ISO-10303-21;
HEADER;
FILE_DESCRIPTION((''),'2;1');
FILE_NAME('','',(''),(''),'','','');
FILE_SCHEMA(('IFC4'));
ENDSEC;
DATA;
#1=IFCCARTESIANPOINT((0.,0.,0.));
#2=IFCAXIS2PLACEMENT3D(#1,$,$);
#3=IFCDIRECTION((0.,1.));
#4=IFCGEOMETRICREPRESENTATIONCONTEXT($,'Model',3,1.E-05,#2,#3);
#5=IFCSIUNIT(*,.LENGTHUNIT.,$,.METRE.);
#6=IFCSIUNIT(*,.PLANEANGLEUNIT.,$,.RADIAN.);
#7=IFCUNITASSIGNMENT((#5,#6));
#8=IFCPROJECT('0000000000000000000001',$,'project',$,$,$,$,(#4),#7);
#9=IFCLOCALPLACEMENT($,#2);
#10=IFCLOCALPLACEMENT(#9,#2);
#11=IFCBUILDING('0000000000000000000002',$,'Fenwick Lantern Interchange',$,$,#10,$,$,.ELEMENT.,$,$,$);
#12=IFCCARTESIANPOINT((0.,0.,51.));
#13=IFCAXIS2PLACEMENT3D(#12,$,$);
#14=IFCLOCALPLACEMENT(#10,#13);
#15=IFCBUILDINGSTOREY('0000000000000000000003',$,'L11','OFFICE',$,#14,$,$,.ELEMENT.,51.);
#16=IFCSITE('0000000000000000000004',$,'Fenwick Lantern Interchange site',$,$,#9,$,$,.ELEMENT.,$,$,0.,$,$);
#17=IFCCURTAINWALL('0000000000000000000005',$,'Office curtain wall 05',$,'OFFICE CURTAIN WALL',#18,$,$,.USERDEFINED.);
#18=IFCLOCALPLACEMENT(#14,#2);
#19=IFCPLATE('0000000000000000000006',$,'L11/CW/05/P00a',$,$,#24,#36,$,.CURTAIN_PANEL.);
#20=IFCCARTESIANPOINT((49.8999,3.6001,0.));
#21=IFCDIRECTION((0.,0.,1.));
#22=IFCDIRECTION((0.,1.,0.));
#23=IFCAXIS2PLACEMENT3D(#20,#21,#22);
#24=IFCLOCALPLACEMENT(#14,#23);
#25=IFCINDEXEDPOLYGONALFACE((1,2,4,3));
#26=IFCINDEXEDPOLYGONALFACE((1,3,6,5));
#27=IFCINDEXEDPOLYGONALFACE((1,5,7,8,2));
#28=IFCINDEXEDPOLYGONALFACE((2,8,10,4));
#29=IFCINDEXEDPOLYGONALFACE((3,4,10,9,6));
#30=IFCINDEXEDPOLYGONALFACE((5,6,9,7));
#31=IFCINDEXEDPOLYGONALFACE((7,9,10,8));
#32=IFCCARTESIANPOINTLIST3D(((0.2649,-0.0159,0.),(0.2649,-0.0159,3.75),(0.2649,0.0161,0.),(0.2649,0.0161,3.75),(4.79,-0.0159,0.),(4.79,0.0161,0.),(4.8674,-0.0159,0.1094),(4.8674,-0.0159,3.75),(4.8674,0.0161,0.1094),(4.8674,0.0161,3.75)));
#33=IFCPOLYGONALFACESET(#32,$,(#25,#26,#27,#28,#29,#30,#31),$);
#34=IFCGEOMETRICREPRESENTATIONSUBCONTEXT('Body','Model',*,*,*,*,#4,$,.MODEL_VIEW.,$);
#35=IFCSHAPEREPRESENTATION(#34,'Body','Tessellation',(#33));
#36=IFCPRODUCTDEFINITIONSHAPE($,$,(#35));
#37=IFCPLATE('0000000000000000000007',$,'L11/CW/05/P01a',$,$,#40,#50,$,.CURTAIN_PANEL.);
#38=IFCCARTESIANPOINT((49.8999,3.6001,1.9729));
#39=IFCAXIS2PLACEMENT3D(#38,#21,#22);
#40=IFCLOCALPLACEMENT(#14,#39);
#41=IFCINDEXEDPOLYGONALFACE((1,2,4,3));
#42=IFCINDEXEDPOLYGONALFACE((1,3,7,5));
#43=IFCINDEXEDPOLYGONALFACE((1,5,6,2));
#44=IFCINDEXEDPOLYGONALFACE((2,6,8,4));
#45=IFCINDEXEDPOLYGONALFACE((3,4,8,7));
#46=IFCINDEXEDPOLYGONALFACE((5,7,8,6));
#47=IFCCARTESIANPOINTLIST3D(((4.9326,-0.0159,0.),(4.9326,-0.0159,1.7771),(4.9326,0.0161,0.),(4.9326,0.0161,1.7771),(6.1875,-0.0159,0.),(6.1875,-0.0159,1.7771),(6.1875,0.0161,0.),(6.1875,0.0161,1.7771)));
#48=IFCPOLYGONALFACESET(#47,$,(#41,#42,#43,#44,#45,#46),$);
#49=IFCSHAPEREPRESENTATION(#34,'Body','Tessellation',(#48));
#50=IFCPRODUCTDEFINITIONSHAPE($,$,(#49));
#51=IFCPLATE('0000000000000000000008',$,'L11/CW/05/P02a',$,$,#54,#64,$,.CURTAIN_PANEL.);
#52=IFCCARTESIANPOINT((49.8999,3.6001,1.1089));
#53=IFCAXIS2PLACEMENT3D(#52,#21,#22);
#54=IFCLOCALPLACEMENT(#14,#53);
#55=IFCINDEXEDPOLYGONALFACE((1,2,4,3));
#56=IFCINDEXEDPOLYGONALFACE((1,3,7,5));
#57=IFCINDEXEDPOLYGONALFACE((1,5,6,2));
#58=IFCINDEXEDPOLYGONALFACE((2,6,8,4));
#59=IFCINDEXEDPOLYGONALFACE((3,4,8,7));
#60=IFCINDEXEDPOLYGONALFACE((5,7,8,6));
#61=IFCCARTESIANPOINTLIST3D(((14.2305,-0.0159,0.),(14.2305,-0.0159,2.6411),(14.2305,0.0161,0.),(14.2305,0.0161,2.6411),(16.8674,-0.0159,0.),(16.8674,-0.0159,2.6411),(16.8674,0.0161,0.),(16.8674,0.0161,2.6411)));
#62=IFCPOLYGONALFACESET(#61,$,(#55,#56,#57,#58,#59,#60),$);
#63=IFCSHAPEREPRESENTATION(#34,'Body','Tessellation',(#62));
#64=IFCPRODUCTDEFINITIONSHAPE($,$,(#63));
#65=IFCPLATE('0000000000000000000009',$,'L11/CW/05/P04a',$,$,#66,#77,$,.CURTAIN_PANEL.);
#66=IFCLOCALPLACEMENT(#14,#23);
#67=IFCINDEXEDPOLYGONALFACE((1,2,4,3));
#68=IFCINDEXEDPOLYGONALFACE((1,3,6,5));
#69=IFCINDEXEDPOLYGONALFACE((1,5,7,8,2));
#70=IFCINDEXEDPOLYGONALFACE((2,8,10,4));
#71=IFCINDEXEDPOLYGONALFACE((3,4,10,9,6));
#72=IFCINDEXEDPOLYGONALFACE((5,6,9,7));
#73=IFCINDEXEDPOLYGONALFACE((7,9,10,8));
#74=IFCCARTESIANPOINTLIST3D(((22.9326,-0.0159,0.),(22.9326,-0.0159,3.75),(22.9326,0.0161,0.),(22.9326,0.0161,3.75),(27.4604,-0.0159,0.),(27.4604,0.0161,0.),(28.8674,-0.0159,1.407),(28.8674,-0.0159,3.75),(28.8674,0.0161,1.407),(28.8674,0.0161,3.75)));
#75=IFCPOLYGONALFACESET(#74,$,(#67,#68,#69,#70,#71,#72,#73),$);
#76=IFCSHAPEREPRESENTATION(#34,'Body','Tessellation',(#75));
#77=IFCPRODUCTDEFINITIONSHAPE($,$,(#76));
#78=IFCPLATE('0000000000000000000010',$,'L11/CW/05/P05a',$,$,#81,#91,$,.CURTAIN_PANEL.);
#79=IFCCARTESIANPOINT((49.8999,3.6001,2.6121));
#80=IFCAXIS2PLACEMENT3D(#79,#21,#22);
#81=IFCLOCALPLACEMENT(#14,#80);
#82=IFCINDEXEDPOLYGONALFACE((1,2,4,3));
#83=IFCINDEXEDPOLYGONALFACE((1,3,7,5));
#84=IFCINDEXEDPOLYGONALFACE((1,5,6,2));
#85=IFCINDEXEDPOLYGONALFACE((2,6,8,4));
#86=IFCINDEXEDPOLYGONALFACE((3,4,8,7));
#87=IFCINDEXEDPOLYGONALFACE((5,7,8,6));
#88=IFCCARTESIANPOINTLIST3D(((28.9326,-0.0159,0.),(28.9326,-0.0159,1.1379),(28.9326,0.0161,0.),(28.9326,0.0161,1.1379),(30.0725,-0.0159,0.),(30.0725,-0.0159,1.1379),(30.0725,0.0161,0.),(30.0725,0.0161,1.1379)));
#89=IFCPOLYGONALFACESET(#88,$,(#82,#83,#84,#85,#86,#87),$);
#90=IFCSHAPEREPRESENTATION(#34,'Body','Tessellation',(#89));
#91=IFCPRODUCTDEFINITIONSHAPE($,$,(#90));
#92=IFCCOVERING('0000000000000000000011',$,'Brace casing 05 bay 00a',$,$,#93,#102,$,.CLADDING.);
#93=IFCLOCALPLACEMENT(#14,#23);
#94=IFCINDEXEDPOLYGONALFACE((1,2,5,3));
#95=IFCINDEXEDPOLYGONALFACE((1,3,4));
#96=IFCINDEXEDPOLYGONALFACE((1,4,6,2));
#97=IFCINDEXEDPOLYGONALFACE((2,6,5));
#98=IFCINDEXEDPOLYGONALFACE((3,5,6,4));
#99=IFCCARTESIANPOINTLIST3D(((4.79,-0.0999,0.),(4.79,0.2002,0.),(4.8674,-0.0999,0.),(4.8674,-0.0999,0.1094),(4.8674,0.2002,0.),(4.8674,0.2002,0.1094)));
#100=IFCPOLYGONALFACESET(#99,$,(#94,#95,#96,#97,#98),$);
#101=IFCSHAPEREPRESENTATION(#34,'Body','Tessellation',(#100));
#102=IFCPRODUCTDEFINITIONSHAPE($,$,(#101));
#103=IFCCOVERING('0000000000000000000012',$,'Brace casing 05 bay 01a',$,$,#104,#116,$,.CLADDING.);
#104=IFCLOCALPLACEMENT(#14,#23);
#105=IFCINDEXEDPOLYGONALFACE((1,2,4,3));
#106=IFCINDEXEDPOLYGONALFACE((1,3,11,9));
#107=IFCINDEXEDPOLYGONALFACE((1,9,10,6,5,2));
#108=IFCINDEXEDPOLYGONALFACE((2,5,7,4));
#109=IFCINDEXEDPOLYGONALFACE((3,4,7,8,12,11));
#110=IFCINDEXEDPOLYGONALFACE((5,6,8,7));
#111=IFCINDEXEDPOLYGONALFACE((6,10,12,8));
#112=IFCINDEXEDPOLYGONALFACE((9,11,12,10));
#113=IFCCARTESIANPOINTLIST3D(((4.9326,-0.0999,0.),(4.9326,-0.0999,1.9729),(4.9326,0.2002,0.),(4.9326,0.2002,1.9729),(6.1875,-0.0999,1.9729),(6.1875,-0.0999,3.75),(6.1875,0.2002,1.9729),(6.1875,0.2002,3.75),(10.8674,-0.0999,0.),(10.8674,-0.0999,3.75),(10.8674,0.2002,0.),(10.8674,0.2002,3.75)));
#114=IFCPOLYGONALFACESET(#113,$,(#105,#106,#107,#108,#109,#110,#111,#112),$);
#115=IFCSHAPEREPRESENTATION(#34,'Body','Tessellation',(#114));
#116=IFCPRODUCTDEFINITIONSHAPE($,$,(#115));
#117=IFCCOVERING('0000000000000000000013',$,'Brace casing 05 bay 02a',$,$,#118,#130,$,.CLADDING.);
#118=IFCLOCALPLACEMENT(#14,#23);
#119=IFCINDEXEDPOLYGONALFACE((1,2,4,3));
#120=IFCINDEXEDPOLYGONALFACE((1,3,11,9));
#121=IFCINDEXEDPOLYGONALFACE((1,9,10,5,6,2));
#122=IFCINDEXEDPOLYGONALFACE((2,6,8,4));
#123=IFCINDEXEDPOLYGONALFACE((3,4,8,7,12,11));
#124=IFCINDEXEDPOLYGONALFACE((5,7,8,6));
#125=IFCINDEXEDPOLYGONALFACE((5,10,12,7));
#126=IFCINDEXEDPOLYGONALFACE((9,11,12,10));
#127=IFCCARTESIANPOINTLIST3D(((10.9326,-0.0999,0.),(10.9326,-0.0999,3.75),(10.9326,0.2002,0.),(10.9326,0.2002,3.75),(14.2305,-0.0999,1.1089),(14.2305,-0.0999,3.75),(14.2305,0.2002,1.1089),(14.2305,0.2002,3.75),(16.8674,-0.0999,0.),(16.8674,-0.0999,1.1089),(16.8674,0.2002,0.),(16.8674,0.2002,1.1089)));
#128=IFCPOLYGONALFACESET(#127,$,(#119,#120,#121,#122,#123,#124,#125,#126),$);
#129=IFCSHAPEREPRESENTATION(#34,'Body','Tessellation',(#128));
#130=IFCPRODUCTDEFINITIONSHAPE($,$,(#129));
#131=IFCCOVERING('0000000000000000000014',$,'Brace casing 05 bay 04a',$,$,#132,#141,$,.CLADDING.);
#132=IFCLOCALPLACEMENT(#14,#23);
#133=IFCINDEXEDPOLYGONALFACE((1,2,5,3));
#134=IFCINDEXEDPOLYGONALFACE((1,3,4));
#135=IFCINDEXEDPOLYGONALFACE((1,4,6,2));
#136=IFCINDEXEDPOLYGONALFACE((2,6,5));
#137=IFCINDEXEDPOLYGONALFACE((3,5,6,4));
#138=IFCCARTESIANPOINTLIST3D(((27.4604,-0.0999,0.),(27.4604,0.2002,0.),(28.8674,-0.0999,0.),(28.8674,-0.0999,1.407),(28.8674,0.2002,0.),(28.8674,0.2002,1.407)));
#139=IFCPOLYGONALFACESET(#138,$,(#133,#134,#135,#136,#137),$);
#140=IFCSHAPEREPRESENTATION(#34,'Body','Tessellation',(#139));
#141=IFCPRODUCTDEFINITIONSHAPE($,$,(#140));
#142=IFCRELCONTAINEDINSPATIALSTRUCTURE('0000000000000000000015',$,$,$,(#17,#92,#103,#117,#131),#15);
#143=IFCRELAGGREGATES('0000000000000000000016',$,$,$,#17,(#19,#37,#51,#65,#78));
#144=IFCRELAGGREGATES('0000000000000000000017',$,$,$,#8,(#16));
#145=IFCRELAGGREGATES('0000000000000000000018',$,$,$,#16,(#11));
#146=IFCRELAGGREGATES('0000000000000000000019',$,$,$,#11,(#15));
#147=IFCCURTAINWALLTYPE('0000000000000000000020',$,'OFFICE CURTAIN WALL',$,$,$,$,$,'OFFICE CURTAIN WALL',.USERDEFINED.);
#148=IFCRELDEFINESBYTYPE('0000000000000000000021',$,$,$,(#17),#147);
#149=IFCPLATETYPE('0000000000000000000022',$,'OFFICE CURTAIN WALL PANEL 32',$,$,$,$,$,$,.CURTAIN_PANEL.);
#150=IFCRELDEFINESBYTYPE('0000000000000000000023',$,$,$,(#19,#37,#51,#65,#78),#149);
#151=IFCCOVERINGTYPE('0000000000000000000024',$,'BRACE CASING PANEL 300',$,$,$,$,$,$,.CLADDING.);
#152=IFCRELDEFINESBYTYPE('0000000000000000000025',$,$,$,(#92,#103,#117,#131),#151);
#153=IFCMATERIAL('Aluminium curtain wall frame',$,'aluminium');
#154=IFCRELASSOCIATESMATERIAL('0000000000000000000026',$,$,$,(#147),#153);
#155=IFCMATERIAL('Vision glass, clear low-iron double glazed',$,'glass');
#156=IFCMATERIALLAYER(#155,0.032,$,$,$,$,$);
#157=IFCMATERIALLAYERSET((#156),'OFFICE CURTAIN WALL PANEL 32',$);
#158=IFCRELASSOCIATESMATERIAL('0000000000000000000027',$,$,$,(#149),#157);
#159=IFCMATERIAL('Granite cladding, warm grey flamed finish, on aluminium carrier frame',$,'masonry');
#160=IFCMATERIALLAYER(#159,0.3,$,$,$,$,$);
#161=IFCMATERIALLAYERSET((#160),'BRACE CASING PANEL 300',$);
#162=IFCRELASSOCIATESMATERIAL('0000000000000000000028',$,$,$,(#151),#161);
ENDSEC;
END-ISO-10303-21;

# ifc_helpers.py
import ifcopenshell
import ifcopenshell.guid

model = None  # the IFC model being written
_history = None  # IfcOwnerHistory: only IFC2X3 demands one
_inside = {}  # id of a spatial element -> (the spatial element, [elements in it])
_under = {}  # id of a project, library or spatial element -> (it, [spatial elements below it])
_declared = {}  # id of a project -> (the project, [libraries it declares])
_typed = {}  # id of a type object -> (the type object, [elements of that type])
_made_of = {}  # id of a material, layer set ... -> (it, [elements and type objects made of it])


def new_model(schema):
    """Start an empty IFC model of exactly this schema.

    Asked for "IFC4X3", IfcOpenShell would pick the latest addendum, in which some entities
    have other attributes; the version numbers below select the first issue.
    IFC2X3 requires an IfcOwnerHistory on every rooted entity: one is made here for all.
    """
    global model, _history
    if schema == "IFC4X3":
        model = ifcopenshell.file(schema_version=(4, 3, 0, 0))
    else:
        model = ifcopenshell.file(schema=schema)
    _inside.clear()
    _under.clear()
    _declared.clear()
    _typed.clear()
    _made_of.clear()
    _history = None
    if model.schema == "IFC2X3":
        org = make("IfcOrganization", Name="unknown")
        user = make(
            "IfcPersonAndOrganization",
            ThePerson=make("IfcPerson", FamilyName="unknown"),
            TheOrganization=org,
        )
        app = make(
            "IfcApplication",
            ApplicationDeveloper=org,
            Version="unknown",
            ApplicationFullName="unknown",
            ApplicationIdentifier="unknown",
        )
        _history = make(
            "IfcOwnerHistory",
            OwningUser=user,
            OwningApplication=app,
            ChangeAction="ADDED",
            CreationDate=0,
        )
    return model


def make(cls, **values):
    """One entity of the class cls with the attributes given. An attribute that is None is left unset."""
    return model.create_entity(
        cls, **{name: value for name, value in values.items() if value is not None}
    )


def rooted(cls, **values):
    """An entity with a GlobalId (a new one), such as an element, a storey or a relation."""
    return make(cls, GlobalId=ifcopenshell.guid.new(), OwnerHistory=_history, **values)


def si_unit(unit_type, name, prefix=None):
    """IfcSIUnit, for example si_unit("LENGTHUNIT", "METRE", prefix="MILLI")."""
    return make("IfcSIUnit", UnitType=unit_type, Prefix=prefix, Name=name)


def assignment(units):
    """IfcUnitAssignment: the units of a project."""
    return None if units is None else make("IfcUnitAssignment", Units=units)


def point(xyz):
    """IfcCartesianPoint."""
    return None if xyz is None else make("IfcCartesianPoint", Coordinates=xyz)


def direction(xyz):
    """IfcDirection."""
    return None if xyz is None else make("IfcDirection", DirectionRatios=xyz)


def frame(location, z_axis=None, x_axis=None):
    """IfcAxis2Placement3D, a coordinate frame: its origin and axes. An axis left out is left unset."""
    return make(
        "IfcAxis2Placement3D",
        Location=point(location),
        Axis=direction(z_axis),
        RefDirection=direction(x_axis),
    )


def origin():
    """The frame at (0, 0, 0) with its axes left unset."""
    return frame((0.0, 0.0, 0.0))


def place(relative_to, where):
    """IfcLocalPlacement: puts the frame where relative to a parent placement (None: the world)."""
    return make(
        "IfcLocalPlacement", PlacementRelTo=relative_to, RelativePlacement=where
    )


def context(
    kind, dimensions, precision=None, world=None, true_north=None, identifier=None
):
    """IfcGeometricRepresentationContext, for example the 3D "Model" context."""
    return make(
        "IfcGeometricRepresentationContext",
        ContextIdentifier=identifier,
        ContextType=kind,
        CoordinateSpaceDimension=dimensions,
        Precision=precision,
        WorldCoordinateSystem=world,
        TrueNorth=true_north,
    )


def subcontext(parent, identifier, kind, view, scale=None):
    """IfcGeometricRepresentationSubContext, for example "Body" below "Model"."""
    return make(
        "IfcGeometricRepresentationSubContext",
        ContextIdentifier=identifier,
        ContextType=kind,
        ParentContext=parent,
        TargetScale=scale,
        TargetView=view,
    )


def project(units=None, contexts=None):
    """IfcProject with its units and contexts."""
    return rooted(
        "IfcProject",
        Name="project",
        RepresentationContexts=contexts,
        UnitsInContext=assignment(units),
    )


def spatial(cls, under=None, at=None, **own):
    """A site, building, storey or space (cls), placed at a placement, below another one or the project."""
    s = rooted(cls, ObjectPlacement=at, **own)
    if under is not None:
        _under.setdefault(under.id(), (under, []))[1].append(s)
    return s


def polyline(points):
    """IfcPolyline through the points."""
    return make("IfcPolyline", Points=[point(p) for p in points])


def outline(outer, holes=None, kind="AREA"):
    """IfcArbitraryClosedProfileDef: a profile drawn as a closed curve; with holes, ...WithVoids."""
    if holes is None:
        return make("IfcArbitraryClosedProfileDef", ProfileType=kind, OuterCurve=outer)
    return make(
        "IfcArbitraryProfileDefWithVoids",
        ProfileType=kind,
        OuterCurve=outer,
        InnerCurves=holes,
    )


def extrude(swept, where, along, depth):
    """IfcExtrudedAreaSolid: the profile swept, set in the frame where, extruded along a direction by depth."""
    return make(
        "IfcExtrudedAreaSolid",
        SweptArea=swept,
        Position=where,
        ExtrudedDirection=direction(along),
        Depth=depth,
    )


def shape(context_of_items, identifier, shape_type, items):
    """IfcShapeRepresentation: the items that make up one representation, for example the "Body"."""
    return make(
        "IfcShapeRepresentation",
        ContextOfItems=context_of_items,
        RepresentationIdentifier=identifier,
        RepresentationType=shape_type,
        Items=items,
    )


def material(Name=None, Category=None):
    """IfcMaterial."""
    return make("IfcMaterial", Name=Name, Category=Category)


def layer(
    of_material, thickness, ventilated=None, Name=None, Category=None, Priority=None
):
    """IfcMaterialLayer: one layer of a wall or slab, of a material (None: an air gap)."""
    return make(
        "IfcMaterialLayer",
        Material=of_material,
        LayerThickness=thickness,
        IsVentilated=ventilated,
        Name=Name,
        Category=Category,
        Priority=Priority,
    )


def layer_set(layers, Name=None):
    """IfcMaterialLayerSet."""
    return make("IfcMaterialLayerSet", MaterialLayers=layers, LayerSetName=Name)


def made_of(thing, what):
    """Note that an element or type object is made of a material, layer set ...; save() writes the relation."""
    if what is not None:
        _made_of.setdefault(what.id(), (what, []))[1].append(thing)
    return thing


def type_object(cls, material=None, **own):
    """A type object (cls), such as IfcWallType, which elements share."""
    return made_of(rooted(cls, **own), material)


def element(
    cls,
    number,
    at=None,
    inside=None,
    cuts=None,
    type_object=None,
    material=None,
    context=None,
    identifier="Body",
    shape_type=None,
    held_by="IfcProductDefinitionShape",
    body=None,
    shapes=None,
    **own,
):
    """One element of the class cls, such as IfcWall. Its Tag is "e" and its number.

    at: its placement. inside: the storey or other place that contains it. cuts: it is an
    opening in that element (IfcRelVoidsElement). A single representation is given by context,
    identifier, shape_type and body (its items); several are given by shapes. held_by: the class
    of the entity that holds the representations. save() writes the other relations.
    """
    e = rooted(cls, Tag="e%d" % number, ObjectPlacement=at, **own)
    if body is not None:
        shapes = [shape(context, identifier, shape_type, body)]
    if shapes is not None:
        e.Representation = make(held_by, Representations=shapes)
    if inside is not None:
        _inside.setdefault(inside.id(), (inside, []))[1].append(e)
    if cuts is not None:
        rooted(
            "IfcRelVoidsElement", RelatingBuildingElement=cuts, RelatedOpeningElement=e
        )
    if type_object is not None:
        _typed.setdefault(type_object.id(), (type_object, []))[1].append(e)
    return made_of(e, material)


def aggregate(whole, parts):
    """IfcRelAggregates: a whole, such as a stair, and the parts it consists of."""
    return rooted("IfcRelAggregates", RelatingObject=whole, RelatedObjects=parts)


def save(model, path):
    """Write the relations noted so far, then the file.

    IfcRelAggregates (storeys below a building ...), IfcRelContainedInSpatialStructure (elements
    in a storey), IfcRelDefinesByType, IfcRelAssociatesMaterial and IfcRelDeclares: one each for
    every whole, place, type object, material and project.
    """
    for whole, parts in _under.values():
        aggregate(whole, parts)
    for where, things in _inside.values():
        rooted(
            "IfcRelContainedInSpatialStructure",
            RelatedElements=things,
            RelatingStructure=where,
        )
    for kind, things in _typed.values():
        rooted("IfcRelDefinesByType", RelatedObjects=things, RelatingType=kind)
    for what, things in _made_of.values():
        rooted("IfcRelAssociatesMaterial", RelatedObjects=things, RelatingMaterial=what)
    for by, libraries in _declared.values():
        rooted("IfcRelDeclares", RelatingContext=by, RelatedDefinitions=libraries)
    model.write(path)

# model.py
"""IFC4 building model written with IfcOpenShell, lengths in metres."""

from ifc_helpers import new_model, si_unit, direction, frame, origin, place, context, subcontext, project, spatial, polyline, outline, extrude, material, layer, layer_set, type_object, element, aggregate, save


model = new_model("IFC4")

# Units and contexts
model_context = context("Model", 3, precision=1e-05, world=origin(), true_north=direction((0.0, 1.0)))
body_context = subcontext(model_context, "Body", "Model", "MODEL_VIEW")
ifc_project = project(units=[si_unit("LENGTHUNIT", "METRE"), si_unit("PLANEANGLEUNIT", "RADIAN")], contexts=[model_context])

# Site, building, storey
site_placement = place(None, origin())
site = spatial("IfcSite", under=ifc_project, at=site_placement, Name="Fenwick Lantern Interchange site", CompositionType="ELEMENT", RefElevation=0.0)
building_placement = place(site_placement, origin())
building = spatial("IfcBuilding", under=site, at=building_placement, Name="Fenwick Lantern Interchange", CompositionType="ELEMENT")
storey_placement = place(building_placement, frame((0.0, 0.0, 51.0)))
storey = spatial("IfcBuildingStorey", under=building, at=storey_placement, Name="L11", Description="OFFICE", CompositionType="ELEMENT", Elevation=51.0)

# Shared definitions
ifc_material_1 = material(Name="Aluminium curtain wall frame", Category="aluminium")
curtain_wall_type = type_object("IfcCurtainWallType", Name="OFFICE CURTAIN WALL", ElementType="OFFICE CURTAIN WALL", PredefinedType="USERDEFINED", material=ifc_material_1)

# Shared definitions
ifc_material_2 = material(Name="Vision glass, clear low-iron double glazed", Category="glass")
ifc_layer_1 = layer(ifc_material_2, 0.032)
ifc_layer_set_1 = layer_set([ifc_layer_1], Name="OFFICE CURTAIN WALL PANEL 32")
plate_type = type_object("IfcPlateType", Name="OFFICE CURTAIN WALL PANEL 32", PredefinedType="CURTAIN_PANEL", material=ifc_layer_set_1)

# Curtain wall, plates
curtain_wall_1_placement = place(storey_placement, origin())
curtain_wall_1 = element("IfcCurtainWall", 1, at=curtain_wall_1_placement, inside=storey, type_object=curtain_wall_type, Name="Office curtain wall 05", ObjectType="OFFICE CURTAIN WALL", PredefinedType="USERDEFINED")
plate_1_placement = place(storey_placement, frame((49.8999, 3.6001, 0.0), z_axis=(0.0, 0.0, 1.0), x_axis=(0.0, 1.0, 0.0)))
plate_1 = element("IfcPlate", 2, at=plate_1_placement, type_object=plate_type, Name="L11/CW/05/P00a", PredefinedType="CURTAIN_PANEL", context=body_context, shape_type="SweptSolid", body=[
    extrude(outline(polyline([(0.2649, 0.0), (4.79, 0.0), (4.8674, 0.1094), (4.8674, 3.75), (0.2649, 3.75), (0.2649, 0.0)])), frame((0.0, 0.0161, 0.0), z_axis=(0.0, -1.0, 0.0), x_axis=(1.0, 0.0, 0.0)), (0.0, 0.0, 1.0), 0.032),
])
plate_2_placement = place(storey_placement, frame((49.8999, 3.6001, 1.9729), z_axis=(0.0, 0.0, 1.0), x_axis=(0.0, 1.0, 0.0)))
plate_2 = element("IfcPlate", 3, at=plate_2_placement, type_object=plate_type, Name="L11/CW/05/P01a", PredefinedType="CURTAIN_PANEL", context=body_context, shape_type="SweptSolid", body=[
    extrude(outline(polyline([(4.9326, 0.0), (6.1875, 0.0), (6.1875, 1.7771), (4.9326, 1.7771), (4.9326, 0.0)])), frame((0.0, 0.0161, 0.0), z_axis=(0.0, -1.0, 0.0), x_axis=(1.0, 0.0, 0.0)), (0.0, 0.0, 1.0), 0.032),
])
plate_3_placement = place(storey_placement, frame((49.8999, 3.6001, 1.1089), z_axis=(0.0, 0.0, 1.0), x_axis=(0.0, 1.0, 0.0)))
plate_3 = element("IfcPlate", 4, at=plate_3_placement, type_object=plate_type, Name="L11/CW/05/P02a", PredefinedType="CURTAIN_PANEL", context=body_context, shape_type="SweptSolid", body=[
    extrude(outline(polyline([(14.2305, 0.0), (16.8674, 0.0), (16.8674, 2.6411), (14.2305, 2.6411), (14.2305, 0.0)])), frame((0.0, 0.0161, 0.0), z_axis=(0.0, -1.0, 0.0), x_axis=(1.0, 0.0, 0.0)), (0.0, 0.0, 1.0), 0.032),
])
plate_4_placement = place(storey_placement, frame((49.8999, 3.6001, 0.0), z_axis=(0.0, 0.0, 1.0), x_axis=(0.0, 1.0, 0.0)))
plate_4 = element("IfcPlate", 5, at=plate_4_placement, type_object=plate_type, Name="L11/CW/05/P04a", PredefinedType="CURTAIN_PANEL", context=body_context, shape_type="SweptSolid", body=[
    extrude(outline(polyline([(22.9326, 0.0), (27.4604, 0.0), (28.8674, 1.407), (28.8674, 3.75), (22.9326, 3.75), (22.9326, 0.0)])), frame((0.0, 0.0161, 0.0), z_axis=(0.0, -1.0, 0.0), x_axis=(1.0, 0.0, 0.0)), (0.0, 0.0, 1.0), 0.032),
])
plate_5_placement = place(storey_placement, frame((49.8999, 3.6001, 2.6121), z_axis=(0.0, 0.0, 1.0), x_axis=(0.0, 1.0, 0.0)))
plate_5 = element("IfcPlate", 6, at=plate_5_placement, type_object=plate_type, Name="L11/CW/05/P05a", PredefinedType="CURTAIN_PANEL", context=body_context, shape_type="SweptSolid", body=[
    extrude(outline(polyline([(28.9326, 0.0), (30.0725, 0.0), (30.0725, 1.1379), (28.9326, 1.1379), (28.9326, 0.0)])), frame((0.0, 0.0161, 0.0), z_axis=(0.0, -1.0, 0.0), x_axis=(1.0, 0.0, 0.0)), (0.0, 0.0, 1.0), 0.032),
])
aggregate(curtain_wall_1, [plate_1, plate_2, plate_3, plate_4, plate_5])

# Coverings
ifc_material_3 = material(Name="Granite cladding, warm grey flamed finish, on aluminium carrier frame", Category="masonry")
ifc_layer_2 = layer(ifc_material_3, 0.3)
ifc_layer_set_2 = layer_set([ifc_layer_2], Name="BRACE CASING PANEL 300")
covering_type = type_object("IfcCoveringType", Name="BRACE CASING PANEL 300", PredefinedType="CLADDING", material=ifc_layer_set_2)
covering_1_placement = place(storey_placement, frame((49.8999, 3.6001, 0.0), z_axis=(0.0, 0.0, 1.0), x_axis=(0.0, 1.0, 0.0)))
element("IfcCovering", 7, at=covering_1_placement, inside=storey, type_object=covering_type, Name="Brace casing 05 bay 00a", PredefinedType="CLADDING", context=body_context, shape_type="SweptSolid", body=[
    extrude(outline(polyline([(4.79, 0.0), (4.8674, 0.0), (4.8674, 0.1094), (4.79, 0.0)])), frame((0.0, 0.2002, 0.0), z_axis=(0.0, -1.0, 0.0), x_axis=(1.0, 0.0, 0.0)), (0.0, 0.0, 1.0), 0.3),
])
covering_2_placement = place(storey_placement, frame((49.8999, 3.6001, 0.0), z_axis=(0.0, 0.0, 1.0), x_axis=(0.0, 1.0, 0.0)))
element("IfcCovering", 8, at=covering_2_placement, inside=storey, type_object=covering_type, Name="Brace casing 05 bay 01a", PredefinedType="CLADDING", context=body_context, shape_type="SweptSolid", body=[
    extrude(outline(polyline([(4.9326, 0.0), (10.8674, 0.0), (10.8674, 3.75), (6.1875, 3.75), (6.1875, 1.9729), (4.9326, 1.9729), (4.9326, 0.0)])), frame((0.0, 0.2002, 0.0), z_axis=(0.0, -1.0, 0.0), x_axis=(1.0, 0.0, 0.0)), (0.0, 0.0, 1.0), 0.3),
])
covering_3_placement = place(storey_placement, frame((49.8999, 3.6001, 0.0), z_axis=(0.0, 0.0, 1.0), x_axis=(0.0, 1.0, 0.0)))
element("IfcCovering", 9, at=covering_3_placement, inside=storey, type_object=covering_type, Name="Brace casing 05 bay 02a", PredefinedType="CLADDING", context=body_context, shape_type="SweptSolid", body=[
    extrude(outline(polyline([(10.9326, 0.0), (16.8674, 0.0), (16.8674, 1.1089), (14.2305, 1.1089), (14.2305, 3.75), (10.9326, 3.75), (10.9326, 0.0)])), frame((0.0, 0.2002, 0.0), z_axis=(0.0, -1.0, 0.0), x_axis=(1.0, 0.0, 0.0)), (0.0, 0.0, 1.0), 0.3),
])
covering_4_placement = place(storey_placement, frame((49.8999, 3.6001, 0.0), z_axis=(0.0, 0.0, 1.0), x_axis=(0.0, 1.0, 0.0)))
element("IfcCovering", 10, at=covering_4_placement, inside=storey, type_object=covering_type, Name="Brace casing 05 bay 04a", PredefinedType="CLADDING", context=body_context, shape_type="SweptSolid", body=[
    extrude(outline(polyline([(27.4604, 0.0), (28.8674, 0.0), (28.8674, 1.407), (27.4604, 0.0)])), frame((0.0, 0.2002, 0.0), z_axis=(0.0, -1.0, 0.0), x_axis=(1.0, 0.0, 0.0)), (0.0, 0.0, 1.0), 0.3),
])

save(model, "model.ifc")
